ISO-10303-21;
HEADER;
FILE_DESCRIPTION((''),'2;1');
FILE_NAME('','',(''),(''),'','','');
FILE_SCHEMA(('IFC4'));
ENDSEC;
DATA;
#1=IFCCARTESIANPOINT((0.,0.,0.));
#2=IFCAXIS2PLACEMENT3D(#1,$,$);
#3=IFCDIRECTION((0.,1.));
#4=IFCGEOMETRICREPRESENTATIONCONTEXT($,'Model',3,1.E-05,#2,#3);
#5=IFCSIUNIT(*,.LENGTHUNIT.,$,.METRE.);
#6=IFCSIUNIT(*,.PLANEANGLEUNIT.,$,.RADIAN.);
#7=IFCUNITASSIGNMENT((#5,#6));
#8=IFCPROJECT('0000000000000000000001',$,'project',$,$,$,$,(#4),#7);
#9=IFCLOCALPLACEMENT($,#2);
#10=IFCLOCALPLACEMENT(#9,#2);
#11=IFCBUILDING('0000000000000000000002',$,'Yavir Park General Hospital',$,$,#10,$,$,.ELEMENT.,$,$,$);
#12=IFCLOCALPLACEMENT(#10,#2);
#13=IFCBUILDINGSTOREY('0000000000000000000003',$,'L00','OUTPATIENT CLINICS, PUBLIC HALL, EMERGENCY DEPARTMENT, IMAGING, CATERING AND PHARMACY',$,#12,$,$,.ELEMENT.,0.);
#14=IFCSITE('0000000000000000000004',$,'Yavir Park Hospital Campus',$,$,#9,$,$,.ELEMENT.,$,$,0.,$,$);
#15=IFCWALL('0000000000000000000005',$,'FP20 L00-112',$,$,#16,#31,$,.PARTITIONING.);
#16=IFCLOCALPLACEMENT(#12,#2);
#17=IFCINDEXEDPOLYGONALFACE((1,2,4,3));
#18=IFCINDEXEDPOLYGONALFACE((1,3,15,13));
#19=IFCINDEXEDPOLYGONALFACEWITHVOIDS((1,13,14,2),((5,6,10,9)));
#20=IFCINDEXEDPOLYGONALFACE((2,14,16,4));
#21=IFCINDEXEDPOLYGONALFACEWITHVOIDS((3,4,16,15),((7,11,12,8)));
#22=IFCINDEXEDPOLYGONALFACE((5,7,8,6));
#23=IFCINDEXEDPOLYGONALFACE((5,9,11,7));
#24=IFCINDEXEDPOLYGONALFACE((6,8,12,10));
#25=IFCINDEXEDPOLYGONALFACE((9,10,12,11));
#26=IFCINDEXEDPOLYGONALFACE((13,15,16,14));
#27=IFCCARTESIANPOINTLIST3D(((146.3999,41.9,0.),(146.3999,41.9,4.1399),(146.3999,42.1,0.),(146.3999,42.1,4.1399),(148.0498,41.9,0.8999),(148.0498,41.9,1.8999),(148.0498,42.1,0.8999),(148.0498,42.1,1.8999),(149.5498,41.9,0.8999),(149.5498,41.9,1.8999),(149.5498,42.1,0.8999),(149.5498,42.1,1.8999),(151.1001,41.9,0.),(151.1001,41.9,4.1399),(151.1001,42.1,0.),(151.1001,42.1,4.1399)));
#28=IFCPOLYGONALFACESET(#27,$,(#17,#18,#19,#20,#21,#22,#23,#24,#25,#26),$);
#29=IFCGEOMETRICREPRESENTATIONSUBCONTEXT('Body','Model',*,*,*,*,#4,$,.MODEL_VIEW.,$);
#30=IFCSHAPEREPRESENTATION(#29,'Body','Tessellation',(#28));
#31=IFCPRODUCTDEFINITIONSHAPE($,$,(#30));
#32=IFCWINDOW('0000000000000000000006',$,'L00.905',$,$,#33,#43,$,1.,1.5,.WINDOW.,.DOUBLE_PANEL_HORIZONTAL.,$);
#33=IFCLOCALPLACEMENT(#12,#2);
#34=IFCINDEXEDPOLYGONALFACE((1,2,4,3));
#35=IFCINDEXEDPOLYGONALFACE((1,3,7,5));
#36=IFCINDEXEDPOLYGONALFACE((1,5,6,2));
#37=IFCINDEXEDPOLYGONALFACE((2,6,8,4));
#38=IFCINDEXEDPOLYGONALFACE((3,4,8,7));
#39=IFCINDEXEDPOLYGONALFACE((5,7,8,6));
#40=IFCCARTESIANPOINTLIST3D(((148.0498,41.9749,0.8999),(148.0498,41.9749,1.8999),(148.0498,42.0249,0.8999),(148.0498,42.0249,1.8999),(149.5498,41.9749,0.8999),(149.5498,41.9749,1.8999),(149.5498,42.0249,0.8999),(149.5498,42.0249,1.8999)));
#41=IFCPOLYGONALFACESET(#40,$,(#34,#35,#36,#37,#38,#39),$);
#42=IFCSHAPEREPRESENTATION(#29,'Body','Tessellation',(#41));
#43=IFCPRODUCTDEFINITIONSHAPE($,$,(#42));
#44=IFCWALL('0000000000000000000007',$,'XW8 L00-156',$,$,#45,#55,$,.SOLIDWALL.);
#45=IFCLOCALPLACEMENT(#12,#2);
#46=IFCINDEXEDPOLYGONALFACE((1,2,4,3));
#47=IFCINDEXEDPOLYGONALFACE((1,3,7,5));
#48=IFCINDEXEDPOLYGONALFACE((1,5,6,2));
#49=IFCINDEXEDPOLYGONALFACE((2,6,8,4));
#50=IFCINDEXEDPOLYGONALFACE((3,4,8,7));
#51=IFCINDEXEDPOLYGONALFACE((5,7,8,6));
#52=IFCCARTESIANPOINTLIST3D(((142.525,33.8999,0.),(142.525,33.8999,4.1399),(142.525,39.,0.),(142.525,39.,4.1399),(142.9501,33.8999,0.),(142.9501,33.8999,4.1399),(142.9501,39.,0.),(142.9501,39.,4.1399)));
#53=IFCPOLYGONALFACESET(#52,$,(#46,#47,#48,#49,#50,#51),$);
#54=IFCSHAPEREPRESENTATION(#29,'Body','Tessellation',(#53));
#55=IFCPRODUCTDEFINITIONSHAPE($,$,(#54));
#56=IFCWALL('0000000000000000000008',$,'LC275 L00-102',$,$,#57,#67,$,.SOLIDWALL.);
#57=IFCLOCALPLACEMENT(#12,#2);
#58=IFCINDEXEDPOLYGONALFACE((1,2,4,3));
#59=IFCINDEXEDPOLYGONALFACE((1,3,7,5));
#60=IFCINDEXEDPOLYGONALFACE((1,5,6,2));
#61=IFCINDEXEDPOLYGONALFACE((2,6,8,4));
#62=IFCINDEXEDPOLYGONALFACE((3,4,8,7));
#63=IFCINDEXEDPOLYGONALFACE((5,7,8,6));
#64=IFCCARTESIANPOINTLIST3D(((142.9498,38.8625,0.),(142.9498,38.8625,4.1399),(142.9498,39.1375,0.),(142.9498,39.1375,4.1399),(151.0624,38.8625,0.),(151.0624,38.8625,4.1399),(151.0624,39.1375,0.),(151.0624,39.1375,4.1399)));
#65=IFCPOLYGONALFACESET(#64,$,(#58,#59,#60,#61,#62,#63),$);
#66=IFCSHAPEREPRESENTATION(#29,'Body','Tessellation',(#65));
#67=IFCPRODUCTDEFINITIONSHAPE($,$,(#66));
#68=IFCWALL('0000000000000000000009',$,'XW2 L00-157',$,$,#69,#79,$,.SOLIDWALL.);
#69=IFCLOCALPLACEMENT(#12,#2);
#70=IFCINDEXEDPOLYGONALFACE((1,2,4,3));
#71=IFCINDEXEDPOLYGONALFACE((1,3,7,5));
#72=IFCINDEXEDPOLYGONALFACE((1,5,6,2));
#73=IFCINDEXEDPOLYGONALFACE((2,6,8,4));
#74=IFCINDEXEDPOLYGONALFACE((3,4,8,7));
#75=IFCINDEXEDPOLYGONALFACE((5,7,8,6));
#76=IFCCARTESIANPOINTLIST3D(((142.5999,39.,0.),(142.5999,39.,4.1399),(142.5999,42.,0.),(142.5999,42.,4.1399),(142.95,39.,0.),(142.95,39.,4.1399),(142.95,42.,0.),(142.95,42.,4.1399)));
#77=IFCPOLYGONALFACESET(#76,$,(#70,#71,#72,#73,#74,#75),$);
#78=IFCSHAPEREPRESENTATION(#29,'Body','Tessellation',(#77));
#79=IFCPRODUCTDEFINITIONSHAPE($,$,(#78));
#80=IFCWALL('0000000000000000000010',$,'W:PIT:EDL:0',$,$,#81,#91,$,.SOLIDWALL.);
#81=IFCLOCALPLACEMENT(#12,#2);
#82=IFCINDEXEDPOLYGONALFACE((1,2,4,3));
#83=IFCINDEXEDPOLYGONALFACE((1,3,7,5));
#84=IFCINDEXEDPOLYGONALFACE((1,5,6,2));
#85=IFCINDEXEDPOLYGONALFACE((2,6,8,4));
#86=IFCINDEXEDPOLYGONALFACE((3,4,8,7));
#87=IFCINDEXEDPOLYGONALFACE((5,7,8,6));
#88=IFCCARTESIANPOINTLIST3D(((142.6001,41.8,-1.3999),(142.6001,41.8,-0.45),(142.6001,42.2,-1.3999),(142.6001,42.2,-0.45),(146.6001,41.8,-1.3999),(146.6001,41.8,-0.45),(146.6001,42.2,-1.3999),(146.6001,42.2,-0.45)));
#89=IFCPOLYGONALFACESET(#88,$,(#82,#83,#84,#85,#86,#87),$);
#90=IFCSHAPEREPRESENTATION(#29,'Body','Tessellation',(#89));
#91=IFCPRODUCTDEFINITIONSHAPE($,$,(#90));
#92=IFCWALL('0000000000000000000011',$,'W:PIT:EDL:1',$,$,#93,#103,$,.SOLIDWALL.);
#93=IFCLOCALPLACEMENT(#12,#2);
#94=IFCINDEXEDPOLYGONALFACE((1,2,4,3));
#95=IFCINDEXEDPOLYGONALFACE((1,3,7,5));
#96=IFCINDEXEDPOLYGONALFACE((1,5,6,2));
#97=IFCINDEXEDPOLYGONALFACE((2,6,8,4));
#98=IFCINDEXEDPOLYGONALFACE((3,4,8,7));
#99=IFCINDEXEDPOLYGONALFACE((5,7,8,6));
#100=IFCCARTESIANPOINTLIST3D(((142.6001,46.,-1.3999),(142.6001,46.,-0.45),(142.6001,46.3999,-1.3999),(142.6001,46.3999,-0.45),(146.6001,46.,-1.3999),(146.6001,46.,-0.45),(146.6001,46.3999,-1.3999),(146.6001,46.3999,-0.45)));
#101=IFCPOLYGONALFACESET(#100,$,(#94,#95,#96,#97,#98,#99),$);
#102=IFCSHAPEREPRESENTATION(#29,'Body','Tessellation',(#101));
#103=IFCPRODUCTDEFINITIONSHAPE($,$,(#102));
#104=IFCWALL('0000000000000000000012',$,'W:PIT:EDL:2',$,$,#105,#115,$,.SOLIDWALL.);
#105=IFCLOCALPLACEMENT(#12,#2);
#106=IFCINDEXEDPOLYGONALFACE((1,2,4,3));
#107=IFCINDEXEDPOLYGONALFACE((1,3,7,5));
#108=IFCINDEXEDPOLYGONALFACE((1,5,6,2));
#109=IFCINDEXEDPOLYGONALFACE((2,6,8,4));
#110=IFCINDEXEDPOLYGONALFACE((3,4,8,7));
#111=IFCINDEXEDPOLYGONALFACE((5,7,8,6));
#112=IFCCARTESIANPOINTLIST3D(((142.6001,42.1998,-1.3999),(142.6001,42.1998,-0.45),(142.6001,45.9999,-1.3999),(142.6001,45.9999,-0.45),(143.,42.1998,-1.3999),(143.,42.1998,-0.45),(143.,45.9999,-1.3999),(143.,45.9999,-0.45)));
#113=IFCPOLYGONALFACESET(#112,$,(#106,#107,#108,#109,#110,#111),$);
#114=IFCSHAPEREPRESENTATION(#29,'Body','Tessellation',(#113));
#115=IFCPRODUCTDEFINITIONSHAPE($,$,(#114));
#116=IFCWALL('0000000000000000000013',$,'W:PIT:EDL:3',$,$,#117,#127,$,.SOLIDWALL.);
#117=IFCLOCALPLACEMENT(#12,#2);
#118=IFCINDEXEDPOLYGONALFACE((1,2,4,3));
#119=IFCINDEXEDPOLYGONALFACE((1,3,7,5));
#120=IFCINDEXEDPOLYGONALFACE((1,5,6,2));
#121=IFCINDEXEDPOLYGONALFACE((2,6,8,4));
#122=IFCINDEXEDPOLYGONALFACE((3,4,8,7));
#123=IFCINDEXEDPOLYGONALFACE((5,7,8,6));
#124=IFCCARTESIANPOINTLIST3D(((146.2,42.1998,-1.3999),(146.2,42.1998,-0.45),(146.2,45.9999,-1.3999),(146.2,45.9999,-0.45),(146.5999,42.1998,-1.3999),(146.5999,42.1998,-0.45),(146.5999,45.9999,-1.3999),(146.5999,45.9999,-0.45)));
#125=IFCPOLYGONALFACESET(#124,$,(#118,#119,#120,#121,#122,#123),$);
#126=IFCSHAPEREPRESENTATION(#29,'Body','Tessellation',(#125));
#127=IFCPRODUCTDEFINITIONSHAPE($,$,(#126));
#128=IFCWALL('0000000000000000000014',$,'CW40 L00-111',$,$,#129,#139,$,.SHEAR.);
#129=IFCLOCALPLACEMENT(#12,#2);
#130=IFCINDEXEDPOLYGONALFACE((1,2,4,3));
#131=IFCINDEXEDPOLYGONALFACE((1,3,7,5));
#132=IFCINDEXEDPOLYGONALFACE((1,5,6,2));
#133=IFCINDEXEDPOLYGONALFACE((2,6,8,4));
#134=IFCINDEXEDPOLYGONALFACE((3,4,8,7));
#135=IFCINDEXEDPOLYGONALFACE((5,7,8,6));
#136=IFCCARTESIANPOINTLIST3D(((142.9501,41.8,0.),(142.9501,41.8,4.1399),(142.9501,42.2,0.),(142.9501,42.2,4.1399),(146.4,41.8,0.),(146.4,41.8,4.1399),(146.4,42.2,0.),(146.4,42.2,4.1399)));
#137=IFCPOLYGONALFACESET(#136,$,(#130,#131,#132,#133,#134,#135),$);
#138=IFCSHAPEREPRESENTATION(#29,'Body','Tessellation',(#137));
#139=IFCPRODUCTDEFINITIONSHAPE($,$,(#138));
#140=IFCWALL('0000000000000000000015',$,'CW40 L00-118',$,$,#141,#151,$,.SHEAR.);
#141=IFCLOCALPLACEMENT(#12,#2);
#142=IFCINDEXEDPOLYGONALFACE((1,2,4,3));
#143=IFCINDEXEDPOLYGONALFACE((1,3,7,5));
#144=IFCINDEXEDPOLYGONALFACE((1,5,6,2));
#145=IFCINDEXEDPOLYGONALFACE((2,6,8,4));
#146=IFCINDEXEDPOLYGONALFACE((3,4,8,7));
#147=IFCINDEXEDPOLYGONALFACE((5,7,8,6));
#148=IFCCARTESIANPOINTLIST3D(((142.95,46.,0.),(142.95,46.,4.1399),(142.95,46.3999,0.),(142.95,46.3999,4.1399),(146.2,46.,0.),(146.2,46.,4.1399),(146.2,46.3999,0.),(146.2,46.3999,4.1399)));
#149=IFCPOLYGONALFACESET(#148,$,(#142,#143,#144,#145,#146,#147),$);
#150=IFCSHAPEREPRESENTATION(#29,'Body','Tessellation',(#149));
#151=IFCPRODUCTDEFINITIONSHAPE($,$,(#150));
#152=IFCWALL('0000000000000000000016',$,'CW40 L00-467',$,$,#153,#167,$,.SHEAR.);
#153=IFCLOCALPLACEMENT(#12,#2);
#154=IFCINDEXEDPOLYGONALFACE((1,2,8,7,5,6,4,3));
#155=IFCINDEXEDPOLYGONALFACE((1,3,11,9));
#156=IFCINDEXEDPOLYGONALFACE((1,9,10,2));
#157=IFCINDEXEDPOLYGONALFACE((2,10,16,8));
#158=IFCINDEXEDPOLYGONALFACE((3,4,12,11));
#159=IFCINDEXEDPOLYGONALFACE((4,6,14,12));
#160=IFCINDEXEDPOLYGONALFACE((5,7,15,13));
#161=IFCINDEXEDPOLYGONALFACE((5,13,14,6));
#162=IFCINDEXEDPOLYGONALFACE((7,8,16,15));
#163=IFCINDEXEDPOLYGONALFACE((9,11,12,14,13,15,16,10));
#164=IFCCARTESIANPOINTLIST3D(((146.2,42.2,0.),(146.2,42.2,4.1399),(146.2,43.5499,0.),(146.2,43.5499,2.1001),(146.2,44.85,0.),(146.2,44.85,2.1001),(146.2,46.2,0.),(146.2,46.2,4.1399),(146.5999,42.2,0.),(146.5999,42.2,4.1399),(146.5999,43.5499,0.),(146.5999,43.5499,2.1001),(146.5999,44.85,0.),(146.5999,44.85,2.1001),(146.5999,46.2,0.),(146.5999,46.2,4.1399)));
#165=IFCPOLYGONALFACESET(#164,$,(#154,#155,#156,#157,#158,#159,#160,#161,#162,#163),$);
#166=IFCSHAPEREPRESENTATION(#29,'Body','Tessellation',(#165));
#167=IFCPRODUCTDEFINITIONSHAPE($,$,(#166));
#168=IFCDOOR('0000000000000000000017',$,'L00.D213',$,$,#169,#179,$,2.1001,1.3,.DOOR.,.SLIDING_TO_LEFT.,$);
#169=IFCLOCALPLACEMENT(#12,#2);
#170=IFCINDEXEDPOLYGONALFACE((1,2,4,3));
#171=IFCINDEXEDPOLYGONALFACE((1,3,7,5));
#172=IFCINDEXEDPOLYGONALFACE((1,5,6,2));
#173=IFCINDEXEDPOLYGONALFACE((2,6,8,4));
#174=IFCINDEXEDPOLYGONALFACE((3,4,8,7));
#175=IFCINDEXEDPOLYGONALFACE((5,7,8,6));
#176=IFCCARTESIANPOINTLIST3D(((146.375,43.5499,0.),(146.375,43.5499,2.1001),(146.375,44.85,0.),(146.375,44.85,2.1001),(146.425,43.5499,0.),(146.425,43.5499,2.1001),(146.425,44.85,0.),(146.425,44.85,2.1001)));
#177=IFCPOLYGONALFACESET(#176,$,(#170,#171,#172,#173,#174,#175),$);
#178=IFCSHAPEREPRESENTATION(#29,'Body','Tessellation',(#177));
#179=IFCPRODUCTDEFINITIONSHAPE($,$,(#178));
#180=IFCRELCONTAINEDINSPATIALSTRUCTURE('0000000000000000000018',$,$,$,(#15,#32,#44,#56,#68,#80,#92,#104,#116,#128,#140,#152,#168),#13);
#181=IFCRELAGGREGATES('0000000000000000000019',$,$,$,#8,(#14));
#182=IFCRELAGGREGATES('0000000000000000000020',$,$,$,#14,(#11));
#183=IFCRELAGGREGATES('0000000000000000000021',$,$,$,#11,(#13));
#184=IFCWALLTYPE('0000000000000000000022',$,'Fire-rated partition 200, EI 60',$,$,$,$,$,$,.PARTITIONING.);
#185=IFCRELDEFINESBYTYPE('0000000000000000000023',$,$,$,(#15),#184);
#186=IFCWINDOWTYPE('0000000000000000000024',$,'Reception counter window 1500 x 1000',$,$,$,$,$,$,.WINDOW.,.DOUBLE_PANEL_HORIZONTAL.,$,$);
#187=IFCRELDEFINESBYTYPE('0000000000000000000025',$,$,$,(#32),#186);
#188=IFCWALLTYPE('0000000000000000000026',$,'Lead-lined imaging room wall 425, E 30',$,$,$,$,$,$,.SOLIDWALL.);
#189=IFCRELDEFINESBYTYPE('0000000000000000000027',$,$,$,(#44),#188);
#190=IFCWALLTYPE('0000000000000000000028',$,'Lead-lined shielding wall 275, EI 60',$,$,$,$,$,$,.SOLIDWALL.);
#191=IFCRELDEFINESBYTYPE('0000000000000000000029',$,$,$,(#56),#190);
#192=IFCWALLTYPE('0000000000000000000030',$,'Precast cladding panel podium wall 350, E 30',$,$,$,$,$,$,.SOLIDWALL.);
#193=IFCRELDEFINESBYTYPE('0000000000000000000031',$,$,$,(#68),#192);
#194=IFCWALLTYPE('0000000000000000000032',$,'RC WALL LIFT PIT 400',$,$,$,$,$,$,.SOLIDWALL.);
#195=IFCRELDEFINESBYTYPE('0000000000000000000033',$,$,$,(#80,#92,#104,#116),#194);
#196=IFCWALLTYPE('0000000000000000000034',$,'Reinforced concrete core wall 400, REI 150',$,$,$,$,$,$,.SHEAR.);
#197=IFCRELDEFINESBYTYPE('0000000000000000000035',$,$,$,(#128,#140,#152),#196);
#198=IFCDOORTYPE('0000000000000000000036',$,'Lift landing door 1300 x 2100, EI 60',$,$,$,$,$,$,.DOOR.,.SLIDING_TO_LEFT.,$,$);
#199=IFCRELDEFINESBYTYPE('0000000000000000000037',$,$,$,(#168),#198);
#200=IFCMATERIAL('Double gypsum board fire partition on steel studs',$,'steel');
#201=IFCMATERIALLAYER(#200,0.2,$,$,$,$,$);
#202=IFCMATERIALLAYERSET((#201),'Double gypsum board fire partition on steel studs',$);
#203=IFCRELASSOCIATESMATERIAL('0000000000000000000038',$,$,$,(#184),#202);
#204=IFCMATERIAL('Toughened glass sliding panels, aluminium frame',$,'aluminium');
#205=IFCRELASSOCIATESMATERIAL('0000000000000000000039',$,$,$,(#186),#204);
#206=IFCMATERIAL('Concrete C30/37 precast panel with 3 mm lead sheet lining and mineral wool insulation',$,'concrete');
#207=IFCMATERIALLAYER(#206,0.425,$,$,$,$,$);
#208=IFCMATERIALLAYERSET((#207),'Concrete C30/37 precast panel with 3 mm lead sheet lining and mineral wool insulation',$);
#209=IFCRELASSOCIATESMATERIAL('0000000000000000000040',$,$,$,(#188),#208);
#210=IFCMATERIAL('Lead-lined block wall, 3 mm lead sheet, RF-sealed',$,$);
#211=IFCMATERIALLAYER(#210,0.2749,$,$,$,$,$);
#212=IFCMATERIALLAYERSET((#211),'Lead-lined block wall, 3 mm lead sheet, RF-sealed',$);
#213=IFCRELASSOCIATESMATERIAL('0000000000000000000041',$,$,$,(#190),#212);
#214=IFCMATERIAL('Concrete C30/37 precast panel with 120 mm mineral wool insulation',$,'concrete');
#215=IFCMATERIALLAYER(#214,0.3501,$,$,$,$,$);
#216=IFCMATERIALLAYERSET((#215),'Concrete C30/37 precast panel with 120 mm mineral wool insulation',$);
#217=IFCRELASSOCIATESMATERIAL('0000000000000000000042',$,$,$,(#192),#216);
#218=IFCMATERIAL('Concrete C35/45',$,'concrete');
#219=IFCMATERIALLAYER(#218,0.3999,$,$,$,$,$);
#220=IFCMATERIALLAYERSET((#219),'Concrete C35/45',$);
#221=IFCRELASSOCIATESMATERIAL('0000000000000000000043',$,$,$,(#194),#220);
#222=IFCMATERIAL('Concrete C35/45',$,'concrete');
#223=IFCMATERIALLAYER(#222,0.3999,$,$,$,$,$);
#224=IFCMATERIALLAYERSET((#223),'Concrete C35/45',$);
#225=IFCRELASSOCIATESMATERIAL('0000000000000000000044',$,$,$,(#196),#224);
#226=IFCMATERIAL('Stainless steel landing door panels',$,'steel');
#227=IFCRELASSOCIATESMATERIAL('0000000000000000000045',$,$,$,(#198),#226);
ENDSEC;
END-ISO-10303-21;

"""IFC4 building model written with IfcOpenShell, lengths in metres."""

from ifc_helpers import new_model, si_unit, direction, frame, frame_2d, origin, place, context, subcontext, project, spatial, rectangle, extrude, material, layer, layer_set, type_object, element, fill, save


model = new_model("IFC4")

# Units and contexts
model_context = context("Model", 3, precision=1e-05, world=origin(), true_north=direction((0.0, 1.0)))
body_context = subcontext(model_context, "Body", "Model", "MODEL_VIEW")
ifc_project = project(units=[si_unit("LENGTHUNIT", "METRE"), si_unit("PLANEANGLEUNIT", "RADIAN")], contexts=[model_context])

# Site, building, storey
site_placement = place(None, origin())
site = spatial("IfcSite", under=ifc_project, at=site_placement, Name="Yavir Park Hospital Campus", CompositionType="ELEMENT", RefElevation=0.0)
building_placement = place(site_placement, origin())
building = spatial("IfcBuilding", under=site, at=building_placement, Name="Yavir Park General Hospital", CompositionType="ELEMENT")
storey_placement = place(building_placement, origin())
storey = spatial("IfcBuildingStorey", under=building, at=storey_placement, Name="L00", Description="OUTPATIENT CLINICS, PUBLIC HALL, EMERGENCY DEPARTMENT, IMAGING, CATERING AND PHARMACY", CompositionType="ELEMENT", Elevation=0.0)

# Wall, opening, window
ifc_material_1 = material(Name="Double gypsum board fire partition on steel studs", Category="steel")
ifc_layer_1 = layer(ifc_material_1, 0.2)
ifc_layer_set_1 = layer_set([ifc_layer_1], Name="Double gypsum board fire partition on steel studs")
wall_type_1 = type_object("IfcWallType", Name="Fire-rated partition 200, EI 60", PredefinedType="PARTITIONING", material=ifc_layer_set_1)
wall_1_placement = place(storey_placement, frame((146.3999, 42.0, 0.0), z_axis=(0.0, 0.0, 1.0), x_axis=(1.0, 0.0, 0.0)))
wall_1 = element("IfcWall", 1, at=wall_1_placement, inside=storey, type_object=wall_type_1, Name="FP20 L00-112", PredefinedType="PARTITIONING", context=body_context, shape_type="SweptSolid", body=[
    extrude(rectangle(XDim=4.7002, YDim=0.2, at=frame_2d((2.3501, 0.0))), origin(), (0.0, 0.0, 1.0), 4.1399),
])
opening_1_placement = place(wall_1_placement, frame((1.6499, 0.0, 0.8999)))
opening_1 = element("IfcOpeningElement", 2, at=opening_1_placement, cuts=wall_1, PredefinedType="OPENING", context=body_context, shape_type="SweptSolid", body=[
    extrude(rectangle(XDim=1.5, YDim=1.0, at=frame_2d((0.75, 0.5))), frame((0.0, 0.1099, 0.0), z_axis=(0.0, -1.0, 0.0), x_axis=(1.0, 0.0, 0.0)), (0.0, 0.0, 1.0), 0.22),
])
ifc_material_2 = material(Name="Toughened glass sliding panels, aluminium frame", Category="aluminium")
window_type = type_object("IfcWindowType", Name="Reception counter window 1500 x 1000", PartitioningType="DOUBLE_PANEL_HORIZONTAL", PredefinedType="WINDOW", material=ifc_material_2)
window_placement = place(opening_1_placement, origin())
window = element("IfcWindow", 3, at=window_placement, inside=storey, type_object=window_type, Name="L00.905", OverallHeight=1.0, OverallWidth=1.5, PartitioningType="DOUBLE_PANEL_HORIZONTAL", PredefinedType="WINDOW", context=body_context, shape_type="SweptSolid", body=[
    extrude(rectangle(XDim=1.5, YDim=1.0, at=frame_2d((0.75, 0.5))), frame((0.0, 0.0249, 0.0), z_axis=(0.0, -1.0, 0.0), x_axis=(1.0, 0.0, 0.0)), (0.0, 0.0, 1.0), 0.05),
])
fill(opening_1, window)

# Walls
ifc_material_3 = material(Name="Concrete C30/37 precast panel with 3 mm lead sheet lining and mineral wool insulation", Category="concrete")
ifc_layer_2 = layer(ifc_material_3, 0.425)
ifc_layer_set_2 = layer_set([ifc_layer_2], Name="Concrete C30/37 precast panel with 3 mm lead sheet lining and mineral wool insulation")
wall_type_2 = type_object("IfcWallType", Name="Lead-lined imaging room wall 425, E 30", PredefinedType="SOLIDWALL", material=ifc_layer_set_2)
wall_2_placement = place(storey_placement, frame((142.7375, 33.8999, 0.0), z_axis=(0.0, 0.0, 1.0), x_axis=(0.0, 1.0, 0.0)))
element("IfcWall", 4, at=wall_2_placement, inside=storey, type_object=wall_type_2, Name="XW8 L00-156", PredefinedType="SOLIDWALL", context=body_context, shape_type="SweptSolid", body=[
    extrude(rectangle(XDim=5.1001, YDim=0.425, at=frame_2d((2.55, 0.0))), origin(), (0.0, 0.0, 1.0), 4.1399),
])
ifc_material_4 = material(Name="Lead-lined block wall, 3 mm lead sheet, RF-sealed")
ifc_layer_3 = layer(ifc_material_4, 0.2749)
ifc_layer_set_3 = layer_set([ifc_layer_3], Name="Lead-lined block wall, 3 mm lead sheet, RF-sealed")
wall_type_3 = type_object("IfcWallType", Name="Lead-lined shielding wall 275, EI 60", PredefinedType="SOLIDWALL", material=ifc_layer_set_3)
wall_3_placement = place(storey_placement, frame((142.95, 39.0, 0.0), z_axis=(0.0, 0.0, 1.0), x_axis=(1.0, 0.0, 0.0)))
element("IfcWall", 5, at=wall_3_placement, inside=storey, type_object=wall_type_3, Name="LC275 L00-102", PredefinedType="SOLIDWALL", context=body_context, shape_type="SweptSolid", body=[
    extrude(rectangle(XDim=8.1125, YDim=0.2749, at=frame_2d((4.0562, 0.0))), origin(), (0.0, 0.0, 1.0), 4.1399),
])
ifc_material_5 = material(Name="Concrete C30/37 precast panel with 120 mm mineral wool insulation", Category="concrete")
ifc_layer_4 = layer(ifc_material_5, 0.3501)
ifc_layer_set_4 = layer_set([ifc_layer_4], Name="Concrete C30/37 precast panel with 120 mm mineral wool insulation")
wall_type_4 = type_object("IfcWallType", Name="Precast cladding panel podium wall 350, E 30", PredefinedType="SOLIDWALL", material=ifc_layer_set_4)
wall_4_placement = place(storey_placement, frame((142.7749, 39.0, 0.0), z_axis=(0.0, 0.0, 1.0), x_axis=(0.0, 1.0, 0.0)))
element("IfcWall", 6, at=wall_4_placement, inside=storey, type_object=wall_type_4, Name="XW2 L00-157", PredefinedType="SOLIDWALL", context=body_context, shape_type="SweptSolid", body=[
    extrude(rectangle(XDim=3.0, YDim=0.3501, at=frame_2d((1.5, 0.0))), origin(), (0.0, 0.0, 1.0), 4.1399),
])
ifc_material_6 = material(Name="Concrete C35/45", Category="concrete")
ifc_layer_5 = layer(ifc_material_6, 0.3999)
ifc_layer_set_5 = layer_set([ifc_layer_5], Name="Concrete C35/45")
wall_type_5 = type_object("IfcWallType", Name="RC WALL LIFT PIT 400", PredefinedType="SOLIDWALL", material=ifc_layer_set_5)
for number, where, z_axis, x_axis, name in (
    (7, (142.6001, 42.0, -1.3999), (0.0, 0.0, 1.0), (1.0, 0.0, 0.0), "W:PIT:EDL:0"),
    (8, (142.6001, 46.2, -1.3999), (0.0, 0.0, 1.0), (1.0, 0.0, 0.0), "W:PIT:EDL:1"),
):
    element("IfcWall", number, at=place(storey_placement, frame(where, z_axis=z_axis, x_axis=x_axis)), inside=storey, type_object=wall_type_5, Name=name, PredefinedType="SOLIDWALL", context=body_context, shape_type="SweptSolid", body=[
        extrude(rectangle(XDim=4.0, YDim=0.3999, at=frame_2d((2.0, 0.0))), origin(), (0.0, 0.0, 1.0), 0.95),
    ])
for number, where, z_axis, x_axis, name in (
    (9, (142.8, 42.2, -1.3999), (0.0, 0.0, 1.0), (0.0, 1.0, 0.0), "W:PIT:EDL:2"),
    (10, (146.3999, 42.2, -1.3999), (0.0, 0.0, 1.0), (0.0, 1.0, 0.0), "W:PIT:EDL:3"),
):
    element("IfcWall", number, at=place(storey_placement, frame(where, z_axis=z_axis, x_axis=x_axis)), inside=storey, type_object=wall_type_5, Name=name, PredefinedType="SOLIDWALL", context=body_context, shape_type="SweptSolid", body=[
        extrude(rectangle(XDim=3.8, YDim=0.3999, at=frame_2d((1.8999, 0.0))), origin(), (0.0, 0.0, 1.0), 0.95),
    ])
ifc_material_7 = material(Name="Concrete C35/45", Category="concrete")
ifc_layer_6 = layer(ifc_material_7, 0.3999)
ifc_layer_set_6 = layer_set([ifc_layer_6], Name="Concrete C35/45")
wall_type_6 = type_object("IfcWallType", Name="Reinforced concrete core wall 400, REI 150", PredefinedType="SHEAR", material=ifc_layer_set_6)
wall_5_placement = place(storey_placement, frame((142.95, 42.0, 0.0), z_axis=(0.0, 0.0, 1.0), x_axis=(1.0, 0.0, 0.0)))
element("IfcWall", 11, at=wall_5_placement, inside=storey, type_object=wall_type_6, Name="CW40 L00-111", PredefinedType="SHEAR", context=body_context, shape_type="SweptSolid", body=[
    extrude(rectangle(XDim=3.45, YDim=0.3999, at=frame_2d((1.7251, 0.0))), origin(), (0.0, 0.0, 1.0), 4.1399),
])
wall_6_placement = place(storey_placement, frame((142.95, 46.2, 0.0), z_axis=(0.0, 0.0, 1.0), x_axis=(1.0, 0.0, 0.0)))
element("IfcWall", 12, at=wall_6_placement, inside=storey, type_object=wall_type_6, Name="CW40 L00-118", PredefinedType="SHEAR", context=body_context, shape_type="SweptSolid", body=[
    extrude(rectangle(XDim=3.25, YDim=0.3999, at=frame_2d((1.625, 0.0))), origin(), (0.0, 0.0, 1.0), 4.1399),
])

# Wall, opening, door
wall_7_placement = place(storey_placement, frame((146.3999, 42.2, 0.0), z_axis=(0.0, 0.0, 1.0), x_axis=(0.0, 1.0, 0.0)))
wall_7 = element("IfcWall", 13, at=wall_7_placement, inside=storey, type_object=wall_type_6, Name="CW40 L00-467", PredefinedType="SHEAR", context=body_context, shape_type="SweptSolid", body=[
    extrude(rectangle(XDim=4.0, YDim=0.3999, at=frame_2d((2.0, 0.0))), origin(), (0.0, 0.0, 1.0), 4.1399),
])
opening_2_placement = place(wall_7_placement, frame((1.3501, 0.0, 0.0)))
opening_2 = element("IfcOpeningElement", 14, at=opening_2_placement, cuts=wall_7, PredefinedType="OPENING", context=body_context, shape_type="SweptSolid", body=[
    extrude(rectangle(XDim=1.3, YDim=2.1001, at=frame_2d((0.6499, 1.05))), frame((0.0, 0.21, 0.0), z_axis=(0.0, -1.0, 0.0), x_axis=(1.0, 0.0, 0.0)), (0.0, 0.0, 1.0), 0.4199),
])
ifc_material_8 = material(Name="Stainless steel landing door panels", Category="steel")
door_type = type_object("IfcDoorType", Name="Lift landing door 1300 x 2100, EI 60", OperationType="SLIDING_TO_LEFT", PredefinedType="DOOR", material=ifc_material_8)
door_placement = place(opening_2_placement, origin())
door = element("IfcDoor", 15, at=door_placement, inside=storey, type_object=door_type, Name="L00.D213", OperationType="SLIDING_TO_LEFT", OverallHeight=2.1001, OverallWidth=1.3, PredefinedType="DOOR", context=body_context, shape_type="SweptSolid", body=[
    extrude(rectangle(XDim=1.3, YDim=2.1001, at=frame_2d((0.6499, 1.05))), frame((0.0, 0.0249, 0.0), z_axis=(0.0, -1.0, 0.0), x_axis=(1.0, 0.0, 0.0)), (0.0, 0.0, 1.0), 0.05),
])
fill(opening_2, door)

save(model, "model.ifc")
